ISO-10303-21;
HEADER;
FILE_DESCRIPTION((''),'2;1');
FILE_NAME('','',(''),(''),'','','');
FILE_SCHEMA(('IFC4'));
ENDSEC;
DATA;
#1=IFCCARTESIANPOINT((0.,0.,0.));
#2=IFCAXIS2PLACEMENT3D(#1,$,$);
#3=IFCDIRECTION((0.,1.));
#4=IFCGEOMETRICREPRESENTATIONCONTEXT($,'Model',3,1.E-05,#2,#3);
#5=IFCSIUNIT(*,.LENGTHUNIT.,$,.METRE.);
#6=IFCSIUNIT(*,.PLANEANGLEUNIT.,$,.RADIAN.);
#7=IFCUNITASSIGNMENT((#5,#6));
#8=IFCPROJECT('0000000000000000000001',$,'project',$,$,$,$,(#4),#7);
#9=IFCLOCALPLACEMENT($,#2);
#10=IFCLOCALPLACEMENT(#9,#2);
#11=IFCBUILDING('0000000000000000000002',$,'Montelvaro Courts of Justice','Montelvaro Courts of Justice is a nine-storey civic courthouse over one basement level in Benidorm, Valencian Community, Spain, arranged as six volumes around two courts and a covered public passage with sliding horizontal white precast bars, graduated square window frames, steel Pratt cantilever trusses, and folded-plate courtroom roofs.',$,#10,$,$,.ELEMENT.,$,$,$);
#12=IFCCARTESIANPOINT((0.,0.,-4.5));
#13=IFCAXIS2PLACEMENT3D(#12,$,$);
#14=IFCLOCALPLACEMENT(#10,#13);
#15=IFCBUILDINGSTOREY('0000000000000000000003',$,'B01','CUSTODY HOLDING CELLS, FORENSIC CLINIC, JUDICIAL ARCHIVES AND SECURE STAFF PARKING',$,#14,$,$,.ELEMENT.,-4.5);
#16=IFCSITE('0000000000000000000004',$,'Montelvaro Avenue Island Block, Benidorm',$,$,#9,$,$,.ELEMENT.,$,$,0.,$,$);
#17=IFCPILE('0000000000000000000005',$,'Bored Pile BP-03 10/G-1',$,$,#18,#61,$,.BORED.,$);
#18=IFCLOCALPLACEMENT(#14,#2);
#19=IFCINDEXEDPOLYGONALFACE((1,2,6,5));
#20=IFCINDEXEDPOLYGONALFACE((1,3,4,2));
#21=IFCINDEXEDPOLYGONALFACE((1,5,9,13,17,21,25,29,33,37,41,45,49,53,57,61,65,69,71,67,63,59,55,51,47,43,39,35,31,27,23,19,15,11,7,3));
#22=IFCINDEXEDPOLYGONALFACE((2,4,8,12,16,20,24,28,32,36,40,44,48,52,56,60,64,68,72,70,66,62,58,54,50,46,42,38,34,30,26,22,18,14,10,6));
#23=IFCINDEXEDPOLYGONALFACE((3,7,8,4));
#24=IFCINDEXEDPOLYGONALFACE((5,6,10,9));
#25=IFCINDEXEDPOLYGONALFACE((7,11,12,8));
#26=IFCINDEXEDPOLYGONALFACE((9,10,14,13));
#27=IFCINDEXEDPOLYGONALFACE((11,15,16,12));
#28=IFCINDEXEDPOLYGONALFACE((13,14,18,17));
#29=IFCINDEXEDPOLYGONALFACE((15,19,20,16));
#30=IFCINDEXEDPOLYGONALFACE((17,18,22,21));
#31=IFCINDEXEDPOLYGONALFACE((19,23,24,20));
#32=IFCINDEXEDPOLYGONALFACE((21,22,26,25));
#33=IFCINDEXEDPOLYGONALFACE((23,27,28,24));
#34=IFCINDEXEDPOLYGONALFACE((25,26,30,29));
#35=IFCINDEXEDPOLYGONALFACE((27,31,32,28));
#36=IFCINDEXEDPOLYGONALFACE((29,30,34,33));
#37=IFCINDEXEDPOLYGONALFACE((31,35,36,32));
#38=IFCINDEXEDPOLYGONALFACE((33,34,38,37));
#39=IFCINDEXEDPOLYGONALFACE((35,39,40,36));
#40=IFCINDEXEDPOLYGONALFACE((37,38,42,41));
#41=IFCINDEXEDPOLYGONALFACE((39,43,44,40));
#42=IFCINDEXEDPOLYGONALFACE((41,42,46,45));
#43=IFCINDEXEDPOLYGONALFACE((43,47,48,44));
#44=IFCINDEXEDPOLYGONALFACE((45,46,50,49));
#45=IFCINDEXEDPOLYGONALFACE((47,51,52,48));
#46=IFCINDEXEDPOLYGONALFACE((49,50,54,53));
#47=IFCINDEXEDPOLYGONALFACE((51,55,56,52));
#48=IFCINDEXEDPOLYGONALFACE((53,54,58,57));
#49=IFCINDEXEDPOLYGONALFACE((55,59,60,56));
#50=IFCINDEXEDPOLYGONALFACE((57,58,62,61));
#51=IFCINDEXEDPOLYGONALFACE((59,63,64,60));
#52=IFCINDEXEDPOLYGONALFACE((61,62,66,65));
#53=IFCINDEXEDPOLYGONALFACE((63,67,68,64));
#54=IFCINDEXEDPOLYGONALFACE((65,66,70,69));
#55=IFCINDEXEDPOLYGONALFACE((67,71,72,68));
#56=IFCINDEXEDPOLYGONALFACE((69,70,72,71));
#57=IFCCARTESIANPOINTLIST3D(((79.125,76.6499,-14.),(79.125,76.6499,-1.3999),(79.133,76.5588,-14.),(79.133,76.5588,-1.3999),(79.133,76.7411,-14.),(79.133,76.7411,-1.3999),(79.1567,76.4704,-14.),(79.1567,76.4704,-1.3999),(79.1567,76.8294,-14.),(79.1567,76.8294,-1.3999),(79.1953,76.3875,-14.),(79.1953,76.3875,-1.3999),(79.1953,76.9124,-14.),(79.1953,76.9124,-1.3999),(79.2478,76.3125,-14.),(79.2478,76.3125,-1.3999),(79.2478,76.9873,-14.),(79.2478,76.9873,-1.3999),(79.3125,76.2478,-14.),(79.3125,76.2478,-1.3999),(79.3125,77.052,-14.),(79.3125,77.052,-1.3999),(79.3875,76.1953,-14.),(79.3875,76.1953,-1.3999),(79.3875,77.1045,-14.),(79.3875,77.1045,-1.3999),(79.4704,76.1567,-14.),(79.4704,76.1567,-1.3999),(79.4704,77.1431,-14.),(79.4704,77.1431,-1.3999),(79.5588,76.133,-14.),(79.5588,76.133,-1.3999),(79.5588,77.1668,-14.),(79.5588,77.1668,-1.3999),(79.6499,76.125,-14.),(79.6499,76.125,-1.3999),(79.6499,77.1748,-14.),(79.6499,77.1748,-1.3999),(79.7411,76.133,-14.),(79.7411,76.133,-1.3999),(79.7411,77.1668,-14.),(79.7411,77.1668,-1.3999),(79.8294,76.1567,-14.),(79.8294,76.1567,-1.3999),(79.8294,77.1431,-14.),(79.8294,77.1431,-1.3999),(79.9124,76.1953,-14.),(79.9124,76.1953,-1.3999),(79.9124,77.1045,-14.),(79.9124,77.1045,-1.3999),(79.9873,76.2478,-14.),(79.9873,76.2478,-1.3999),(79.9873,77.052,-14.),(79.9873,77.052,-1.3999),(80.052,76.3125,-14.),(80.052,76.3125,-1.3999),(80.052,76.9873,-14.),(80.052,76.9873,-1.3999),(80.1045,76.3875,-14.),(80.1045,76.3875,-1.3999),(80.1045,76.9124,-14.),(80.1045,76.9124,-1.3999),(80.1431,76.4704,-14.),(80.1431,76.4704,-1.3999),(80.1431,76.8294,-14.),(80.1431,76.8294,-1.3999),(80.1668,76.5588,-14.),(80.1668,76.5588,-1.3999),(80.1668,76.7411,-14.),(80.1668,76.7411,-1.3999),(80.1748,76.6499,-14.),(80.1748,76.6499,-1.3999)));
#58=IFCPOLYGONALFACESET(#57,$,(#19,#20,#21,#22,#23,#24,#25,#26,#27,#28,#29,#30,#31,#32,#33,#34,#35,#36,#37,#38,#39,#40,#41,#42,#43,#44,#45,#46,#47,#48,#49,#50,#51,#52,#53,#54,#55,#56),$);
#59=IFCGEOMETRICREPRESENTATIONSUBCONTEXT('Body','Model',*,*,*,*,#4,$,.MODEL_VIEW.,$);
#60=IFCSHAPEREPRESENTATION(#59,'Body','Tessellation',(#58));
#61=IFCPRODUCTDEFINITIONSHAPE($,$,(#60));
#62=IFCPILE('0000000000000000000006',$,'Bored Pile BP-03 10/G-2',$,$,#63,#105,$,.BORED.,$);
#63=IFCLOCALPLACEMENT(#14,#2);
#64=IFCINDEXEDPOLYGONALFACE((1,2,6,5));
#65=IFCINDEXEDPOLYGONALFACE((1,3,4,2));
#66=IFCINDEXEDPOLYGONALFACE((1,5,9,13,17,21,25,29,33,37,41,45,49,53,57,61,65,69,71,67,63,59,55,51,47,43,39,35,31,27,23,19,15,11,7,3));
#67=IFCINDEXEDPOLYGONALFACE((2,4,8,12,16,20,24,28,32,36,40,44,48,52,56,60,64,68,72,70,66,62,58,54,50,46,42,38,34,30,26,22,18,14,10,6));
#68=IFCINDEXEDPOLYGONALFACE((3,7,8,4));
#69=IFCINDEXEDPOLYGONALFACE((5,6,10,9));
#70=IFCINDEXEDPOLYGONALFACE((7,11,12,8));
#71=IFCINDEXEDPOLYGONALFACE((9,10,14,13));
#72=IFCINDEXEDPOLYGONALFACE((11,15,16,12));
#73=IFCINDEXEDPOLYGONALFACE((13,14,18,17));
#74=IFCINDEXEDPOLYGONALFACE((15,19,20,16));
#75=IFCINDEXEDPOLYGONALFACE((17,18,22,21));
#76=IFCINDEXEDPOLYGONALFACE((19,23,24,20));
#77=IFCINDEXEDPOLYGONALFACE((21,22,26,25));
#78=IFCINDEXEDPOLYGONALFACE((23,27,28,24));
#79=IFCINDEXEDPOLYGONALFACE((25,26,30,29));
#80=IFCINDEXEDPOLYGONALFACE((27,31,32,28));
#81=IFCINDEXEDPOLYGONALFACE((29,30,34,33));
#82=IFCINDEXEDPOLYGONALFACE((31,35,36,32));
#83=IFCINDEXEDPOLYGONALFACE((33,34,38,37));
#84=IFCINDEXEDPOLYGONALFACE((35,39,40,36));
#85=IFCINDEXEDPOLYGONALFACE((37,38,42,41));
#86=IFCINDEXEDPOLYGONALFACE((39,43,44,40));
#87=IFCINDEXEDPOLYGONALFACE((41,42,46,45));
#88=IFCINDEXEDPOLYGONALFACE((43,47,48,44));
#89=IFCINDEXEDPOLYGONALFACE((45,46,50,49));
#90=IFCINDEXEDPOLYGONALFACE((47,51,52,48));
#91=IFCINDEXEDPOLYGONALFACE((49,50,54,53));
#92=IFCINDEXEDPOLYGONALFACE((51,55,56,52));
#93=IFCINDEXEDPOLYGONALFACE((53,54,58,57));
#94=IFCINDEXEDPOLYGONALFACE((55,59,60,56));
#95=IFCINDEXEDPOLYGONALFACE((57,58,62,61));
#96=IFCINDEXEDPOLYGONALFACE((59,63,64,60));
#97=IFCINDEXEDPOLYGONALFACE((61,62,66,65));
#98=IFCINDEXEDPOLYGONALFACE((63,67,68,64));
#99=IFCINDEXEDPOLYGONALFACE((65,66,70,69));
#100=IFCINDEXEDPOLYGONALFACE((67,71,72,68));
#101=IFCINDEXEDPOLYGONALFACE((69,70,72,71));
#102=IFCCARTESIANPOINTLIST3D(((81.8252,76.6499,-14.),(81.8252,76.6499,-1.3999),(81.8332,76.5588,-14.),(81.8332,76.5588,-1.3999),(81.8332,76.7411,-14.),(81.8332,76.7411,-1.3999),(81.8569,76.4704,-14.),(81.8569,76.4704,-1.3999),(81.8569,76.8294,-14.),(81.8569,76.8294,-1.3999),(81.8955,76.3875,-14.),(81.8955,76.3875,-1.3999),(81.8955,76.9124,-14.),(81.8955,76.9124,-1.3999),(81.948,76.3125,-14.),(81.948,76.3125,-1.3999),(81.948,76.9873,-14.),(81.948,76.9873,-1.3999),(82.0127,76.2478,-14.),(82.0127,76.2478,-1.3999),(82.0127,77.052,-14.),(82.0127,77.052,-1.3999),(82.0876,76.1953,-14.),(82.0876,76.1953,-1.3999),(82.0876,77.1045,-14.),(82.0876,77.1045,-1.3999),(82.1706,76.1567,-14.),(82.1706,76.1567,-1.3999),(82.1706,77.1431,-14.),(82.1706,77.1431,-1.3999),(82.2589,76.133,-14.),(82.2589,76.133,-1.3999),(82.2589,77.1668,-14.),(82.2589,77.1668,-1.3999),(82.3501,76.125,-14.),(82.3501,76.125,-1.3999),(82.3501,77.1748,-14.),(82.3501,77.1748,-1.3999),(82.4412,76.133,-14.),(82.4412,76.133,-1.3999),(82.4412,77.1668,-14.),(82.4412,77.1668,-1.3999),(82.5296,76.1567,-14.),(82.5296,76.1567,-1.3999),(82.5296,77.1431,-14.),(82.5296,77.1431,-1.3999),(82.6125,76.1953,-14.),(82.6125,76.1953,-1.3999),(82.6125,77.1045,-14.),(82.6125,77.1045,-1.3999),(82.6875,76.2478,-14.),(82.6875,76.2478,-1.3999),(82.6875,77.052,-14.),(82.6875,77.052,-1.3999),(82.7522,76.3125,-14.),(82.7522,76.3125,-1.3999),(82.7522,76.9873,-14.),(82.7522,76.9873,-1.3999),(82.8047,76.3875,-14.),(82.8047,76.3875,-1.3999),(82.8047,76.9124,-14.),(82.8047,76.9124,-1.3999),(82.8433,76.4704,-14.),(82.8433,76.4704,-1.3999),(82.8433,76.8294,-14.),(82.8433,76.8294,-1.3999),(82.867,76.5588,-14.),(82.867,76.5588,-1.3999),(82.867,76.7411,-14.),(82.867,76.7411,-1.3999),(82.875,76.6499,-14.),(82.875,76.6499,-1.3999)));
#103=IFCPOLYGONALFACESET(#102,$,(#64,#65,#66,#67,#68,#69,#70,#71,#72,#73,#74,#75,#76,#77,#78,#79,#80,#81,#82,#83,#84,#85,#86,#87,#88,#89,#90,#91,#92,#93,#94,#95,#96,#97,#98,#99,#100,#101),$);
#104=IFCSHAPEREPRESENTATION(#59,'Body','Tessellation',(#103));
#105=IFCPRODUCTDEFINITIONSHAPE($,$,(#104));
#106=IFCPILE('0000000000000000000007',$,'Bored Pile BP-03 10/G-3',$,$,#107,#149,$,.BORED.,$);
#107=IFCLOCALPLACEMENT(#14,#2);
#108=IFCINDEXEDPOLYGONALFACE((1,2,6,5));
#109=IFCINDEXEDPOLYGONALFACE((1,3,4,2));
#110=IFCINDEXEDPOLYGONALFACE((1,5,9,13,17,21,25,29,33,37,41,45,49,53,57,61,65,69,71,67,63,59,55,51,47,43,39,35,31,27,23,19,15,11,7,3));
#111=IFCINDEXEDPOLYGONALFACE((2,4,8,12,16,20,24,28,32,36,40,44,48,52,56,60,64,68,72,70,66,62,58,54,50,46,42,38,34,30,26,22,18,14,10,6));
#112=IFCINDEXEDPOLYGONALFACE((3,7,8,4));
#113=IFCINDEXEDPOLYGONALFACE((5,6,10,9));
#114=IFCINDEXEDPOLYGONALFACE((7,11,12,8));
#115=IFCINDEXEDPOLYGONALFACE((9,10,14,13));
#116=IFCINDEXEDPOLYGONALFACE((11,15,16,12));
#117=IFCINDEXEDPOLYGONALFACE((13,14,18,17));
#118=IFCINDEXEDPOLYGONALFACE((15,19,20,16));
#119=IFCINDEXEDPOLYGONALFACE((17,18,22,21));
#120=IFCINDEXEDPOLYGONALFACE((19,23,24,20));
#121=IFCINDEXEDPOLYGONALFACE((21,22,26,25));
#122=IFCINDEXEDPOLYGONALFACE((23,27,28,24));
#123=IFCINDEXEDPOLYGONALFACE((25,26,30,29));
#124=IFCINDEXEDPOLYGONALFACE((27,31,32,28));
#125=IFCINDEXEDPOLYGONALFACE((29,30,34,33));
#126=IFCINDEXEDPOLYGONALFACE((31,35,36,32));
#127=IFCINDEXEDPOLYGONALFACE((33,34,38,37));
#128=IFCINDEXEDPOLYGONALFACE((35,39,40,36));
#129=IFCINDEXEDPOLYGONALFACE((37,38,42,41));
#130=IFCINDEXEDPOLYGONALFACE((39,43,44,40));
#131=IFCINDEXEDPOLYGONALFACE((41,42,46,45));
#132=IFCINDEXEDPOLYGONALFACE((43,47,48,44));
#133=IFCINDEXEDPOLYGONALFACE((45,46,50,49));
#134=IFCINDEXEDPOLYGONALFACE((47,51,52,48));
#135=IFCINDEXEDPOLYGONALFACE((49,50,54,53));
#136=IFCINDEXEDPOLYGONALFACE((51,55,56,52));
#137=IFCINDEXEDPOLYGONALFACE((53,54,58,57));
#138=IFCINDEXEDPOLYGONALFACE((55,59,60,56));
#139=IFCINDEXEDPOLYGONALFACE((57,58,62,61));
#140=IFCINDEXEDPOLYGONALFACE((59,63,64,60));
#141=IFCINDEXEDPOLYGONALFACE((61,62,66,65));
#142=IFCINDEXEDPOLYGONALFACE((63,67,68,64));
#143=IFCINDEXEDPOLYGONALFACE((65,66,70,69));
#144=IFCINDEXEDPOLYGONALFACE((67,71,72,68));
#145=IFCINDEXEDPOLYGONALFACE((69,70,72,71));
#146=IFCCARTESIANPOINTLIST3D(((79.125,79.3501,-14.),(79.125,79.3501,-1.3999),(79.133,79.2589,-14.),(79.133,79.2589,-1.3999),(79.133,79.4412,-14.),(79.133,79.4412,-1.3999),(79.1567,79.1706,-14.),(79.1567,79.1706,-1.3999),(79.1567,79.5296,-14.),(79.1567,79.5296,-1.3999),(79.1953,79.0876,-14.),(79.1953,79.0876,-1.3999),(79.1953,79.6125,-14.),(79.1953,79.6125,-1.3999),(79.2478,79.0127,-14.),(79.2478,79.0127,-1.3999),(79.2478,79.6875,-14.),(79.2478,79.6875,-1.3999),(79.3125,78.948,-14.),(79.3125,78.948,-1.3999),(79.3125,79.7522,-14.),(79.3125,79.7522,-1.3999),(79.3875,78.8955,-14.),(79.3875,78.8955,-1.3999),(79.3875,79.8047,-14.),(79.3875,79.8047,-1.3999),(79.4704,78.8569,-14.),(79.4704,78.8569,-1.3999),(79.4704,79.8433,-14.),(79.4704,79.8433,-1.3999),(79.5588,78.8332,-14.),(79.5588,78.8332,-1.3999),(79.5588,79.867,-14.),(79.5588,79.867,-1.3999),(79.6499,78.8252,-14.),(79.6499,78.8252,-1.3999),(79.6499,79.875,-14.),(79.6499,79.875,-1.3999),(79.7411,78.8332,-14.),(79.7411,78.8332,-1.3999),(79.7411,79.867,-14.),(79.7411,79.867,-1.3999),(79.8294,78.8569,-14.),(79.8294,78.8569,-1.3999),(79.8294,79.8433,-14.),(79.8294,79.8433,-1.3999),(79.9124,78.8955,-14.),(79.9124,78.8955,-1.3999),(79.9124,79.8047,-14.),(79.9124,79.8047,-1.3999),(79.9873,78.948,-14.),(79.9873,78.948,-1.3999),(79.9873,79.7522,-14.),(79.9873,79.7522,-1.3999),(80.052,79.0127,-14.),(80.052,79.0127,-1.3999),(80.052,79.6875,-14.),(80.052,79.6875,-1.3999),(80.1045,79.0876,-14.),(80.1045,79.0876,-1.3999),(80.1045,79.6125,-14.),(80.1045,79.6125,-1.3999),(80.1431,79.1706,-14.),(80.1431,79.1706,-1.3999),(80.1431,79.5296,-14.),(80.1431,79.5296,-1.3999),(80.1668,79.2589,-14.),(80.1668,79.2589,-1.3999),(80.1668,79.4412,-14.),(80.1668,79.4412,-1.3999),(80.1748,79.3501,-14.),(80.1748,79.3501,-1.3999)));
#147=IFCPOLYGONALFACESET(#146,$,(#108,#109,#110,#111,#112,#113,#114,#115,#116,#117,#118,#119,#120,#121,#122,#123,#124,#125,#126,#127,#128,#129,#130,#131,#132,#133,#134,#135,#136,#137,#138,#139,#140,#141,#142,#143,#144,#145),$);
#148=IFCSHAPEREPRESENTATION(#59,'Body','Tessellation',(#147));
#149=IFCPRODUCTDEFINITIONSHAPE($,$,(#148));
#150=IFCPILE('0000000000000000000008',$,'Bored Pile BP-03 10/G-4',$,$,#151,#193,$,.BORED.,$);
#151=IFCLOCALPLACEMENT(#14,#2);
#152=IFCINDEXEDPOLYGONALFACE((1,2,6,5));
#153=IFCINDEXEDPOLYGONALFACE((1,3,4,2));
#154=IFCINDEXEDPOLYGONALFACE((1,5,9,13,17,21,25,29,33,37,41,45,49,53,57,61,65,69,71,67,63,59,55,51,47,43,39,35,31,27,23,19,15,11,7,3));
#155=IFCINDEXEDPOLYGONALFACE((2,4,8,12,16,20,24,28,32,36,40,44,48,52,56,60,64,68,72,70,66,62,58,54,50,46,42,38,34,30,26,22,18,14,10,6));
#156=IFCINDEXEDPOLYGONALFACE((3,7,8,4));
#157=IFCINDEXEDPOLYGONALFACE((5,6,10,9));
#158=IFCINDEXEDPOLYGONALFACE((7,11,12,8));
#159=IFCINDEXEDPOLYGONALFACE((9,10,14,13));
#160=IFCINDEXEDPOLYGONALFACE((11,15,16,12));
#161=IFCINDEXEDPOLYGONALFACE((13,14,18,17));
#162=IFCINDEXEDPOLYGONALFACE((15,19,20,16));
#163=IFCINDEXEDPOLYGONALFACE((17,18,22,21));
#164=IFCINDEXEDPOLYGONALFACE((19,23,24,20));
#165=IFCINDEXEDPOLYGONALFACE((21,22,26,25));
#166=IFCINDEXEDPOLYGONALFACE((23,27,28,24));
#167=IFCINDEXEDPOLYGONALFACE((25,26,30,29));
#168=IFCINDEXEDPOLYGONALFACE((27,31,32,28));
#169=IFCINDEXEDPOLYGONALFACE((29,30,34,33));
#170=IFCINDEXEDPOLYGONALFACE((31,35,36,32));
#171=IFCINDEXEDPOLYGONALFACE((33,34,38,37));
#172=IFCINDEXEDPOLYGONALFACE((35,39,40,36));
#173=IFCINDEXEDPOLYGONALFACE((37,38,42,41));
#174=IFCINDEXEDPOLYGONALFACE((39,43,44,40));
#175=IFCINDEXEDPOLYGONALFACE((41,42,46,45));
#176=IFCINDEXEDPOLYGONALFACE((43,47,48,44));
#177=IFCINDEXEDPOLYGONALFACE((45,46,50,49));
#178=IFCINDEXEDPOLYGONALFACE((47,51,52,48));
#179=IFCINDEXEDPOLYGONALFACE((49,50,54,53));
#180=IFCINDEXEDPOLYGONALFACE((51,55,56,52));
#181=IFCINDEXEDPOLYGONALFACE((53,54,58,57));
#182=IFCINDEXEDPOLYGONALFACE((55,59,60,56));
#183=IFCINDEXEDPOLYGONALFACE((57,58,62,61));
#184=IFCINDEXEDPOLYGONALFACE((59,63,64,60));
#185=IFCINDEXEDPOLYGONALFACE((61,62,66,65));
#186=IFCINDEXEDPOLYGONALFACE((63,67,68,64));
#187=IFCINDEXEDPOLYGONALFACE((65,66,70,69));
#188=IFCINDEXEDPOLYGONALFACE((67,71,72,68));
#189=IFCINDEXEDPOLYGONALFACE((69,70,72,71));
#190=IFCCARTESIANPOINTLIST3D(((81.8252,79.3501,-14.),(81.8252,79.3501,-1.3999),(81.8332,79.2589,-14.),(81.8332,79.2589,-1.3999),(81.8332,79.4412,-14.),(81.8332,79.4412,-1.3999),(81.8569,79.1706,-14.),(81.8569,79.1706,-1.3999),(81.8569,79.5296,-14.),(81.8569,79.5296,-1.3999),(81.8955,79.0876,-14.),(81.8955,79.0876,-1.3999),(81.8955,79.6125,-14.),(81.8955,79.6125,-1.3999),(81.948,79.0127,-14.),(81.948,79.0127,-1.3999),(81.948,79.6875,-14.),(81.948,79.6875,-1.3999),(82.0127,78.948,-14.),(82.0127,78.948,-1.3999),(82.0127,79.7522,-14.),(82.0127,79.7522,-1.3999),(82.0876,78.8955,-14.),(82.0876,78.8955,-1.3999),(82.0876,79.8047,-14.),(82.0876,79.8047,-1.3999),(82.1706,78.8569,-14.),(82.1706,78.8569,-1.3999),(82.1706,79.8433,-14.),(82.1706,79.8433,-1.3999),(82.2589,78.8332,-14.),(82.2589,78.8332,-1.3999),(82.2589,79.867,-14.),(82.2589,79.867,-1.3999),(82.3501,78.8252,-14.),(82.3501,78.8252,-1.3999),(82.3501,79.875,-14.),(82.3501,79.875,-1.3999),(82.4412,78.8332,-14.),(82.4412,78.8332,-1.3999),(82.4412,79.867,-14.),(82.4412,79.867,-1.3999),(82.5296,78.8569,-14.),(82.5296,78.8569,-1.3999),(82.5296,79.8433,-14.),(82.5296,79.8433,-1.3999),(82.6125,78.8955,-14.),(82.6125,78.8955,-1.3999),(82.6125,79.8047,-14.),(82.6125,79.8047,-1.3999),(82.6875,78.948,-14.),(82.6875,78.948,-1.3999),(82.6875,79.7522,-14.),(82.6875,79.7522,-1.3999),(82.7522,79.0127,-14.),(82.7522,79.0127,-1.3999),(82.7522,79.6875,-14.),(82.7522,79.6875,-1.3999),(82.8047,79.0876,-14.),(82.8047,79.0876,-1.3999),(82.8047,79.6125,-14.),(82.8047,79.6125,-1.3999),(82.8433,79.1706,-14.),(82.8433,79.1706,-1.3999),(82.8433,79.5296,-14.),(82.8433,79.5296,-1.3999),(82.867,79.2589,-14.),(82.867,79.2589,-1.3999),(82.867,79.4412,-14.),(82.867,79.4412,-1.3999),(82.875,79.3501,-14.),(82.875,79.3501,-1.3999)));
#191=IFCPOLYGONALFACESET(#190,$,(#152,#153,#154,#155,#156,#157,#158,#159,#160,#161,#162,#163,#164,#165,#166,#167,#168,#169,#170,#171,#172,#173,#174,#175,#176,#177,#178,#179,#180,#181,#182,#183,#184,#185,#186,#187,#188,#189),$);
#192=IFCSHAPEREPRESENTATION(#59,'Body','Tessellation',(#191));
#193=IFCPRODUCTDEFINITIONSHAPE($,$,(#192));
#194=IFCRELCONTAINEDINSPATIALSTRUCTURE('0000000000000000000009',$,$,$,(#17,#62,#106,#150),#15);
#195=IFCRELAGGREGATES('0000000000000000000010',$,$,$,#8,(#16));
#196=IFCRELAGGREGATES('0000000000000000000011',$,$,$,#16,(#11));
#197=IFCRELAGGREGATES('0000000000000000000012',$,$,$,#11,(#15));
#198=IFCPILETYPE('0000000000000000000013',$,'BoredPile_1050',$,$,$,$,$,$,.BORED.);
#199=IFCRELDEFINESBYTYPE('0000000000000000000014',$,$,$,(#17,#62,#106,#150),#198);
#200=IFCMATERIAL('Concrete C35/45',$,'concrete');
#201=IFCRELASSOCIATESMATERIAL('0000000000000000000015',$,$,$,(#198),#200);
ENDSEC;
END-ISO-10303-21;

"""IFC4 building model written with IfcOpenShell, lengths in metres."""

from ifc_helpers import new_model, si_unit, direction, frame, origin, origin_2d, place, context, subcontext, project, spatial, circle, extrude, material, material_profile, profile_set, type_object, element, save


model = new_model("IFC4")

# Units and contexts
model_context = context("Model", 3, precision=1e-05, world=origin(), true_north=direction((0.0, 1.0)))
body_context = subcontext(model_context, "Body", "Model", "MODEL_VIEW")
ifc_project = project(units=[si_unit("LENGTHUNIT", "METRE"), si_unit("PLANEANGLEUNIT", "RADIAN")], contexts=[model_context])

# Site, building, storey
site_placement = place(None, origin())
site = spatial("IfcSite", under=ifc_project, at=site_placement, Name="Montelvaro Avenue Island Block, Benidorm", CompositionType="ELEMENT", RefElevation=0.0)
building_placement = place(site_placement, origin())
building = spatial("IfcBuilding", under=site, at=building_placement, Name="Montelvaro Courts of Justice", Description="Montelvaro Courts of Justice is a nine-storey civic courthouse over one basement level in Benidorm, Valencian Community, Spain, arranged as six volumes around two courts and a covered public passage with sliding horizontal white precast bars, graduated square window frames, steel Pratt cantilever trusses, and folded-plate courtroom roofs.", CompositionType="ELEMENT")
storey_placement = place(building_placement, frame((0.0, 0.0, -4.5)))
storey = spatial("IfcBuildingStorey", under=building, at=storey_placement, Name="B01", Description="CUSTODY HOLDING CELLS, FORENSIC CLINIC, JUDICIAL ARCHIVES AND SECURE STAFF PARKING", CompositionType="ELEMENT", Elevation=-4.5)

# Piles
ifc_material_1 = material(Name="Concrete C35/45", Category="concrete")
ifc_material_profile_1 = material_profile(ifc_material_1, circle(Radius=0.5249, at=origin_2d()), Name="BORED PILE D1050")
ifc_profile_set_1 = profile_set([ifc_material_profile_1], Name="Concrete C35/45")
pile_type_1 = type_object("IfcPileType", Name="BoredPile_1050", PredefinedType="BORED", material=ifc_profile_set_1)
for number, where, z_axis, x_axis, name in (
    (1, (79.6499, 76.6499, -1.3999), (0.0, 0.0, -1.0), (1.0, 0.0, 0.0), "Bored Pile BP-03 10/G-1"),
    (2, (82.3501, 76.6499, -1.3999), (0.0, 0.0, -1.0), (1.0, 0.0, 0.0), "Bored Pile BP-03 10/G-2"),
    (3, (79.6499, 79.3501, -1.3999), (0.0, 0.0, -1.0), (1.0, 0.0, 0.0), "Bored Pile BP-03 10/G-3"),
    (4, (82.3501, 79.3501, -1.3999), (0.0, 0.0, -1.0), (1.0, 0.0, 0.0), "Bored Pile BP-03 10/G-4"),
):
    element("IfcPile", number, at=place(storey_placement, frame(where, z_axis=z_axis, x_axis=x_axis)), inside=storey, type_object=pile_type_1, Name=name, PredefinedType="BORED", context=body_context, shape_type="SweptSolid", body=[
        extrude(circle(Radius=0.5249, at=origin_2d()), origin(), (0.0, 0.0, 1.0), 12.6001),
    ])

save(model, "model.ifc")
